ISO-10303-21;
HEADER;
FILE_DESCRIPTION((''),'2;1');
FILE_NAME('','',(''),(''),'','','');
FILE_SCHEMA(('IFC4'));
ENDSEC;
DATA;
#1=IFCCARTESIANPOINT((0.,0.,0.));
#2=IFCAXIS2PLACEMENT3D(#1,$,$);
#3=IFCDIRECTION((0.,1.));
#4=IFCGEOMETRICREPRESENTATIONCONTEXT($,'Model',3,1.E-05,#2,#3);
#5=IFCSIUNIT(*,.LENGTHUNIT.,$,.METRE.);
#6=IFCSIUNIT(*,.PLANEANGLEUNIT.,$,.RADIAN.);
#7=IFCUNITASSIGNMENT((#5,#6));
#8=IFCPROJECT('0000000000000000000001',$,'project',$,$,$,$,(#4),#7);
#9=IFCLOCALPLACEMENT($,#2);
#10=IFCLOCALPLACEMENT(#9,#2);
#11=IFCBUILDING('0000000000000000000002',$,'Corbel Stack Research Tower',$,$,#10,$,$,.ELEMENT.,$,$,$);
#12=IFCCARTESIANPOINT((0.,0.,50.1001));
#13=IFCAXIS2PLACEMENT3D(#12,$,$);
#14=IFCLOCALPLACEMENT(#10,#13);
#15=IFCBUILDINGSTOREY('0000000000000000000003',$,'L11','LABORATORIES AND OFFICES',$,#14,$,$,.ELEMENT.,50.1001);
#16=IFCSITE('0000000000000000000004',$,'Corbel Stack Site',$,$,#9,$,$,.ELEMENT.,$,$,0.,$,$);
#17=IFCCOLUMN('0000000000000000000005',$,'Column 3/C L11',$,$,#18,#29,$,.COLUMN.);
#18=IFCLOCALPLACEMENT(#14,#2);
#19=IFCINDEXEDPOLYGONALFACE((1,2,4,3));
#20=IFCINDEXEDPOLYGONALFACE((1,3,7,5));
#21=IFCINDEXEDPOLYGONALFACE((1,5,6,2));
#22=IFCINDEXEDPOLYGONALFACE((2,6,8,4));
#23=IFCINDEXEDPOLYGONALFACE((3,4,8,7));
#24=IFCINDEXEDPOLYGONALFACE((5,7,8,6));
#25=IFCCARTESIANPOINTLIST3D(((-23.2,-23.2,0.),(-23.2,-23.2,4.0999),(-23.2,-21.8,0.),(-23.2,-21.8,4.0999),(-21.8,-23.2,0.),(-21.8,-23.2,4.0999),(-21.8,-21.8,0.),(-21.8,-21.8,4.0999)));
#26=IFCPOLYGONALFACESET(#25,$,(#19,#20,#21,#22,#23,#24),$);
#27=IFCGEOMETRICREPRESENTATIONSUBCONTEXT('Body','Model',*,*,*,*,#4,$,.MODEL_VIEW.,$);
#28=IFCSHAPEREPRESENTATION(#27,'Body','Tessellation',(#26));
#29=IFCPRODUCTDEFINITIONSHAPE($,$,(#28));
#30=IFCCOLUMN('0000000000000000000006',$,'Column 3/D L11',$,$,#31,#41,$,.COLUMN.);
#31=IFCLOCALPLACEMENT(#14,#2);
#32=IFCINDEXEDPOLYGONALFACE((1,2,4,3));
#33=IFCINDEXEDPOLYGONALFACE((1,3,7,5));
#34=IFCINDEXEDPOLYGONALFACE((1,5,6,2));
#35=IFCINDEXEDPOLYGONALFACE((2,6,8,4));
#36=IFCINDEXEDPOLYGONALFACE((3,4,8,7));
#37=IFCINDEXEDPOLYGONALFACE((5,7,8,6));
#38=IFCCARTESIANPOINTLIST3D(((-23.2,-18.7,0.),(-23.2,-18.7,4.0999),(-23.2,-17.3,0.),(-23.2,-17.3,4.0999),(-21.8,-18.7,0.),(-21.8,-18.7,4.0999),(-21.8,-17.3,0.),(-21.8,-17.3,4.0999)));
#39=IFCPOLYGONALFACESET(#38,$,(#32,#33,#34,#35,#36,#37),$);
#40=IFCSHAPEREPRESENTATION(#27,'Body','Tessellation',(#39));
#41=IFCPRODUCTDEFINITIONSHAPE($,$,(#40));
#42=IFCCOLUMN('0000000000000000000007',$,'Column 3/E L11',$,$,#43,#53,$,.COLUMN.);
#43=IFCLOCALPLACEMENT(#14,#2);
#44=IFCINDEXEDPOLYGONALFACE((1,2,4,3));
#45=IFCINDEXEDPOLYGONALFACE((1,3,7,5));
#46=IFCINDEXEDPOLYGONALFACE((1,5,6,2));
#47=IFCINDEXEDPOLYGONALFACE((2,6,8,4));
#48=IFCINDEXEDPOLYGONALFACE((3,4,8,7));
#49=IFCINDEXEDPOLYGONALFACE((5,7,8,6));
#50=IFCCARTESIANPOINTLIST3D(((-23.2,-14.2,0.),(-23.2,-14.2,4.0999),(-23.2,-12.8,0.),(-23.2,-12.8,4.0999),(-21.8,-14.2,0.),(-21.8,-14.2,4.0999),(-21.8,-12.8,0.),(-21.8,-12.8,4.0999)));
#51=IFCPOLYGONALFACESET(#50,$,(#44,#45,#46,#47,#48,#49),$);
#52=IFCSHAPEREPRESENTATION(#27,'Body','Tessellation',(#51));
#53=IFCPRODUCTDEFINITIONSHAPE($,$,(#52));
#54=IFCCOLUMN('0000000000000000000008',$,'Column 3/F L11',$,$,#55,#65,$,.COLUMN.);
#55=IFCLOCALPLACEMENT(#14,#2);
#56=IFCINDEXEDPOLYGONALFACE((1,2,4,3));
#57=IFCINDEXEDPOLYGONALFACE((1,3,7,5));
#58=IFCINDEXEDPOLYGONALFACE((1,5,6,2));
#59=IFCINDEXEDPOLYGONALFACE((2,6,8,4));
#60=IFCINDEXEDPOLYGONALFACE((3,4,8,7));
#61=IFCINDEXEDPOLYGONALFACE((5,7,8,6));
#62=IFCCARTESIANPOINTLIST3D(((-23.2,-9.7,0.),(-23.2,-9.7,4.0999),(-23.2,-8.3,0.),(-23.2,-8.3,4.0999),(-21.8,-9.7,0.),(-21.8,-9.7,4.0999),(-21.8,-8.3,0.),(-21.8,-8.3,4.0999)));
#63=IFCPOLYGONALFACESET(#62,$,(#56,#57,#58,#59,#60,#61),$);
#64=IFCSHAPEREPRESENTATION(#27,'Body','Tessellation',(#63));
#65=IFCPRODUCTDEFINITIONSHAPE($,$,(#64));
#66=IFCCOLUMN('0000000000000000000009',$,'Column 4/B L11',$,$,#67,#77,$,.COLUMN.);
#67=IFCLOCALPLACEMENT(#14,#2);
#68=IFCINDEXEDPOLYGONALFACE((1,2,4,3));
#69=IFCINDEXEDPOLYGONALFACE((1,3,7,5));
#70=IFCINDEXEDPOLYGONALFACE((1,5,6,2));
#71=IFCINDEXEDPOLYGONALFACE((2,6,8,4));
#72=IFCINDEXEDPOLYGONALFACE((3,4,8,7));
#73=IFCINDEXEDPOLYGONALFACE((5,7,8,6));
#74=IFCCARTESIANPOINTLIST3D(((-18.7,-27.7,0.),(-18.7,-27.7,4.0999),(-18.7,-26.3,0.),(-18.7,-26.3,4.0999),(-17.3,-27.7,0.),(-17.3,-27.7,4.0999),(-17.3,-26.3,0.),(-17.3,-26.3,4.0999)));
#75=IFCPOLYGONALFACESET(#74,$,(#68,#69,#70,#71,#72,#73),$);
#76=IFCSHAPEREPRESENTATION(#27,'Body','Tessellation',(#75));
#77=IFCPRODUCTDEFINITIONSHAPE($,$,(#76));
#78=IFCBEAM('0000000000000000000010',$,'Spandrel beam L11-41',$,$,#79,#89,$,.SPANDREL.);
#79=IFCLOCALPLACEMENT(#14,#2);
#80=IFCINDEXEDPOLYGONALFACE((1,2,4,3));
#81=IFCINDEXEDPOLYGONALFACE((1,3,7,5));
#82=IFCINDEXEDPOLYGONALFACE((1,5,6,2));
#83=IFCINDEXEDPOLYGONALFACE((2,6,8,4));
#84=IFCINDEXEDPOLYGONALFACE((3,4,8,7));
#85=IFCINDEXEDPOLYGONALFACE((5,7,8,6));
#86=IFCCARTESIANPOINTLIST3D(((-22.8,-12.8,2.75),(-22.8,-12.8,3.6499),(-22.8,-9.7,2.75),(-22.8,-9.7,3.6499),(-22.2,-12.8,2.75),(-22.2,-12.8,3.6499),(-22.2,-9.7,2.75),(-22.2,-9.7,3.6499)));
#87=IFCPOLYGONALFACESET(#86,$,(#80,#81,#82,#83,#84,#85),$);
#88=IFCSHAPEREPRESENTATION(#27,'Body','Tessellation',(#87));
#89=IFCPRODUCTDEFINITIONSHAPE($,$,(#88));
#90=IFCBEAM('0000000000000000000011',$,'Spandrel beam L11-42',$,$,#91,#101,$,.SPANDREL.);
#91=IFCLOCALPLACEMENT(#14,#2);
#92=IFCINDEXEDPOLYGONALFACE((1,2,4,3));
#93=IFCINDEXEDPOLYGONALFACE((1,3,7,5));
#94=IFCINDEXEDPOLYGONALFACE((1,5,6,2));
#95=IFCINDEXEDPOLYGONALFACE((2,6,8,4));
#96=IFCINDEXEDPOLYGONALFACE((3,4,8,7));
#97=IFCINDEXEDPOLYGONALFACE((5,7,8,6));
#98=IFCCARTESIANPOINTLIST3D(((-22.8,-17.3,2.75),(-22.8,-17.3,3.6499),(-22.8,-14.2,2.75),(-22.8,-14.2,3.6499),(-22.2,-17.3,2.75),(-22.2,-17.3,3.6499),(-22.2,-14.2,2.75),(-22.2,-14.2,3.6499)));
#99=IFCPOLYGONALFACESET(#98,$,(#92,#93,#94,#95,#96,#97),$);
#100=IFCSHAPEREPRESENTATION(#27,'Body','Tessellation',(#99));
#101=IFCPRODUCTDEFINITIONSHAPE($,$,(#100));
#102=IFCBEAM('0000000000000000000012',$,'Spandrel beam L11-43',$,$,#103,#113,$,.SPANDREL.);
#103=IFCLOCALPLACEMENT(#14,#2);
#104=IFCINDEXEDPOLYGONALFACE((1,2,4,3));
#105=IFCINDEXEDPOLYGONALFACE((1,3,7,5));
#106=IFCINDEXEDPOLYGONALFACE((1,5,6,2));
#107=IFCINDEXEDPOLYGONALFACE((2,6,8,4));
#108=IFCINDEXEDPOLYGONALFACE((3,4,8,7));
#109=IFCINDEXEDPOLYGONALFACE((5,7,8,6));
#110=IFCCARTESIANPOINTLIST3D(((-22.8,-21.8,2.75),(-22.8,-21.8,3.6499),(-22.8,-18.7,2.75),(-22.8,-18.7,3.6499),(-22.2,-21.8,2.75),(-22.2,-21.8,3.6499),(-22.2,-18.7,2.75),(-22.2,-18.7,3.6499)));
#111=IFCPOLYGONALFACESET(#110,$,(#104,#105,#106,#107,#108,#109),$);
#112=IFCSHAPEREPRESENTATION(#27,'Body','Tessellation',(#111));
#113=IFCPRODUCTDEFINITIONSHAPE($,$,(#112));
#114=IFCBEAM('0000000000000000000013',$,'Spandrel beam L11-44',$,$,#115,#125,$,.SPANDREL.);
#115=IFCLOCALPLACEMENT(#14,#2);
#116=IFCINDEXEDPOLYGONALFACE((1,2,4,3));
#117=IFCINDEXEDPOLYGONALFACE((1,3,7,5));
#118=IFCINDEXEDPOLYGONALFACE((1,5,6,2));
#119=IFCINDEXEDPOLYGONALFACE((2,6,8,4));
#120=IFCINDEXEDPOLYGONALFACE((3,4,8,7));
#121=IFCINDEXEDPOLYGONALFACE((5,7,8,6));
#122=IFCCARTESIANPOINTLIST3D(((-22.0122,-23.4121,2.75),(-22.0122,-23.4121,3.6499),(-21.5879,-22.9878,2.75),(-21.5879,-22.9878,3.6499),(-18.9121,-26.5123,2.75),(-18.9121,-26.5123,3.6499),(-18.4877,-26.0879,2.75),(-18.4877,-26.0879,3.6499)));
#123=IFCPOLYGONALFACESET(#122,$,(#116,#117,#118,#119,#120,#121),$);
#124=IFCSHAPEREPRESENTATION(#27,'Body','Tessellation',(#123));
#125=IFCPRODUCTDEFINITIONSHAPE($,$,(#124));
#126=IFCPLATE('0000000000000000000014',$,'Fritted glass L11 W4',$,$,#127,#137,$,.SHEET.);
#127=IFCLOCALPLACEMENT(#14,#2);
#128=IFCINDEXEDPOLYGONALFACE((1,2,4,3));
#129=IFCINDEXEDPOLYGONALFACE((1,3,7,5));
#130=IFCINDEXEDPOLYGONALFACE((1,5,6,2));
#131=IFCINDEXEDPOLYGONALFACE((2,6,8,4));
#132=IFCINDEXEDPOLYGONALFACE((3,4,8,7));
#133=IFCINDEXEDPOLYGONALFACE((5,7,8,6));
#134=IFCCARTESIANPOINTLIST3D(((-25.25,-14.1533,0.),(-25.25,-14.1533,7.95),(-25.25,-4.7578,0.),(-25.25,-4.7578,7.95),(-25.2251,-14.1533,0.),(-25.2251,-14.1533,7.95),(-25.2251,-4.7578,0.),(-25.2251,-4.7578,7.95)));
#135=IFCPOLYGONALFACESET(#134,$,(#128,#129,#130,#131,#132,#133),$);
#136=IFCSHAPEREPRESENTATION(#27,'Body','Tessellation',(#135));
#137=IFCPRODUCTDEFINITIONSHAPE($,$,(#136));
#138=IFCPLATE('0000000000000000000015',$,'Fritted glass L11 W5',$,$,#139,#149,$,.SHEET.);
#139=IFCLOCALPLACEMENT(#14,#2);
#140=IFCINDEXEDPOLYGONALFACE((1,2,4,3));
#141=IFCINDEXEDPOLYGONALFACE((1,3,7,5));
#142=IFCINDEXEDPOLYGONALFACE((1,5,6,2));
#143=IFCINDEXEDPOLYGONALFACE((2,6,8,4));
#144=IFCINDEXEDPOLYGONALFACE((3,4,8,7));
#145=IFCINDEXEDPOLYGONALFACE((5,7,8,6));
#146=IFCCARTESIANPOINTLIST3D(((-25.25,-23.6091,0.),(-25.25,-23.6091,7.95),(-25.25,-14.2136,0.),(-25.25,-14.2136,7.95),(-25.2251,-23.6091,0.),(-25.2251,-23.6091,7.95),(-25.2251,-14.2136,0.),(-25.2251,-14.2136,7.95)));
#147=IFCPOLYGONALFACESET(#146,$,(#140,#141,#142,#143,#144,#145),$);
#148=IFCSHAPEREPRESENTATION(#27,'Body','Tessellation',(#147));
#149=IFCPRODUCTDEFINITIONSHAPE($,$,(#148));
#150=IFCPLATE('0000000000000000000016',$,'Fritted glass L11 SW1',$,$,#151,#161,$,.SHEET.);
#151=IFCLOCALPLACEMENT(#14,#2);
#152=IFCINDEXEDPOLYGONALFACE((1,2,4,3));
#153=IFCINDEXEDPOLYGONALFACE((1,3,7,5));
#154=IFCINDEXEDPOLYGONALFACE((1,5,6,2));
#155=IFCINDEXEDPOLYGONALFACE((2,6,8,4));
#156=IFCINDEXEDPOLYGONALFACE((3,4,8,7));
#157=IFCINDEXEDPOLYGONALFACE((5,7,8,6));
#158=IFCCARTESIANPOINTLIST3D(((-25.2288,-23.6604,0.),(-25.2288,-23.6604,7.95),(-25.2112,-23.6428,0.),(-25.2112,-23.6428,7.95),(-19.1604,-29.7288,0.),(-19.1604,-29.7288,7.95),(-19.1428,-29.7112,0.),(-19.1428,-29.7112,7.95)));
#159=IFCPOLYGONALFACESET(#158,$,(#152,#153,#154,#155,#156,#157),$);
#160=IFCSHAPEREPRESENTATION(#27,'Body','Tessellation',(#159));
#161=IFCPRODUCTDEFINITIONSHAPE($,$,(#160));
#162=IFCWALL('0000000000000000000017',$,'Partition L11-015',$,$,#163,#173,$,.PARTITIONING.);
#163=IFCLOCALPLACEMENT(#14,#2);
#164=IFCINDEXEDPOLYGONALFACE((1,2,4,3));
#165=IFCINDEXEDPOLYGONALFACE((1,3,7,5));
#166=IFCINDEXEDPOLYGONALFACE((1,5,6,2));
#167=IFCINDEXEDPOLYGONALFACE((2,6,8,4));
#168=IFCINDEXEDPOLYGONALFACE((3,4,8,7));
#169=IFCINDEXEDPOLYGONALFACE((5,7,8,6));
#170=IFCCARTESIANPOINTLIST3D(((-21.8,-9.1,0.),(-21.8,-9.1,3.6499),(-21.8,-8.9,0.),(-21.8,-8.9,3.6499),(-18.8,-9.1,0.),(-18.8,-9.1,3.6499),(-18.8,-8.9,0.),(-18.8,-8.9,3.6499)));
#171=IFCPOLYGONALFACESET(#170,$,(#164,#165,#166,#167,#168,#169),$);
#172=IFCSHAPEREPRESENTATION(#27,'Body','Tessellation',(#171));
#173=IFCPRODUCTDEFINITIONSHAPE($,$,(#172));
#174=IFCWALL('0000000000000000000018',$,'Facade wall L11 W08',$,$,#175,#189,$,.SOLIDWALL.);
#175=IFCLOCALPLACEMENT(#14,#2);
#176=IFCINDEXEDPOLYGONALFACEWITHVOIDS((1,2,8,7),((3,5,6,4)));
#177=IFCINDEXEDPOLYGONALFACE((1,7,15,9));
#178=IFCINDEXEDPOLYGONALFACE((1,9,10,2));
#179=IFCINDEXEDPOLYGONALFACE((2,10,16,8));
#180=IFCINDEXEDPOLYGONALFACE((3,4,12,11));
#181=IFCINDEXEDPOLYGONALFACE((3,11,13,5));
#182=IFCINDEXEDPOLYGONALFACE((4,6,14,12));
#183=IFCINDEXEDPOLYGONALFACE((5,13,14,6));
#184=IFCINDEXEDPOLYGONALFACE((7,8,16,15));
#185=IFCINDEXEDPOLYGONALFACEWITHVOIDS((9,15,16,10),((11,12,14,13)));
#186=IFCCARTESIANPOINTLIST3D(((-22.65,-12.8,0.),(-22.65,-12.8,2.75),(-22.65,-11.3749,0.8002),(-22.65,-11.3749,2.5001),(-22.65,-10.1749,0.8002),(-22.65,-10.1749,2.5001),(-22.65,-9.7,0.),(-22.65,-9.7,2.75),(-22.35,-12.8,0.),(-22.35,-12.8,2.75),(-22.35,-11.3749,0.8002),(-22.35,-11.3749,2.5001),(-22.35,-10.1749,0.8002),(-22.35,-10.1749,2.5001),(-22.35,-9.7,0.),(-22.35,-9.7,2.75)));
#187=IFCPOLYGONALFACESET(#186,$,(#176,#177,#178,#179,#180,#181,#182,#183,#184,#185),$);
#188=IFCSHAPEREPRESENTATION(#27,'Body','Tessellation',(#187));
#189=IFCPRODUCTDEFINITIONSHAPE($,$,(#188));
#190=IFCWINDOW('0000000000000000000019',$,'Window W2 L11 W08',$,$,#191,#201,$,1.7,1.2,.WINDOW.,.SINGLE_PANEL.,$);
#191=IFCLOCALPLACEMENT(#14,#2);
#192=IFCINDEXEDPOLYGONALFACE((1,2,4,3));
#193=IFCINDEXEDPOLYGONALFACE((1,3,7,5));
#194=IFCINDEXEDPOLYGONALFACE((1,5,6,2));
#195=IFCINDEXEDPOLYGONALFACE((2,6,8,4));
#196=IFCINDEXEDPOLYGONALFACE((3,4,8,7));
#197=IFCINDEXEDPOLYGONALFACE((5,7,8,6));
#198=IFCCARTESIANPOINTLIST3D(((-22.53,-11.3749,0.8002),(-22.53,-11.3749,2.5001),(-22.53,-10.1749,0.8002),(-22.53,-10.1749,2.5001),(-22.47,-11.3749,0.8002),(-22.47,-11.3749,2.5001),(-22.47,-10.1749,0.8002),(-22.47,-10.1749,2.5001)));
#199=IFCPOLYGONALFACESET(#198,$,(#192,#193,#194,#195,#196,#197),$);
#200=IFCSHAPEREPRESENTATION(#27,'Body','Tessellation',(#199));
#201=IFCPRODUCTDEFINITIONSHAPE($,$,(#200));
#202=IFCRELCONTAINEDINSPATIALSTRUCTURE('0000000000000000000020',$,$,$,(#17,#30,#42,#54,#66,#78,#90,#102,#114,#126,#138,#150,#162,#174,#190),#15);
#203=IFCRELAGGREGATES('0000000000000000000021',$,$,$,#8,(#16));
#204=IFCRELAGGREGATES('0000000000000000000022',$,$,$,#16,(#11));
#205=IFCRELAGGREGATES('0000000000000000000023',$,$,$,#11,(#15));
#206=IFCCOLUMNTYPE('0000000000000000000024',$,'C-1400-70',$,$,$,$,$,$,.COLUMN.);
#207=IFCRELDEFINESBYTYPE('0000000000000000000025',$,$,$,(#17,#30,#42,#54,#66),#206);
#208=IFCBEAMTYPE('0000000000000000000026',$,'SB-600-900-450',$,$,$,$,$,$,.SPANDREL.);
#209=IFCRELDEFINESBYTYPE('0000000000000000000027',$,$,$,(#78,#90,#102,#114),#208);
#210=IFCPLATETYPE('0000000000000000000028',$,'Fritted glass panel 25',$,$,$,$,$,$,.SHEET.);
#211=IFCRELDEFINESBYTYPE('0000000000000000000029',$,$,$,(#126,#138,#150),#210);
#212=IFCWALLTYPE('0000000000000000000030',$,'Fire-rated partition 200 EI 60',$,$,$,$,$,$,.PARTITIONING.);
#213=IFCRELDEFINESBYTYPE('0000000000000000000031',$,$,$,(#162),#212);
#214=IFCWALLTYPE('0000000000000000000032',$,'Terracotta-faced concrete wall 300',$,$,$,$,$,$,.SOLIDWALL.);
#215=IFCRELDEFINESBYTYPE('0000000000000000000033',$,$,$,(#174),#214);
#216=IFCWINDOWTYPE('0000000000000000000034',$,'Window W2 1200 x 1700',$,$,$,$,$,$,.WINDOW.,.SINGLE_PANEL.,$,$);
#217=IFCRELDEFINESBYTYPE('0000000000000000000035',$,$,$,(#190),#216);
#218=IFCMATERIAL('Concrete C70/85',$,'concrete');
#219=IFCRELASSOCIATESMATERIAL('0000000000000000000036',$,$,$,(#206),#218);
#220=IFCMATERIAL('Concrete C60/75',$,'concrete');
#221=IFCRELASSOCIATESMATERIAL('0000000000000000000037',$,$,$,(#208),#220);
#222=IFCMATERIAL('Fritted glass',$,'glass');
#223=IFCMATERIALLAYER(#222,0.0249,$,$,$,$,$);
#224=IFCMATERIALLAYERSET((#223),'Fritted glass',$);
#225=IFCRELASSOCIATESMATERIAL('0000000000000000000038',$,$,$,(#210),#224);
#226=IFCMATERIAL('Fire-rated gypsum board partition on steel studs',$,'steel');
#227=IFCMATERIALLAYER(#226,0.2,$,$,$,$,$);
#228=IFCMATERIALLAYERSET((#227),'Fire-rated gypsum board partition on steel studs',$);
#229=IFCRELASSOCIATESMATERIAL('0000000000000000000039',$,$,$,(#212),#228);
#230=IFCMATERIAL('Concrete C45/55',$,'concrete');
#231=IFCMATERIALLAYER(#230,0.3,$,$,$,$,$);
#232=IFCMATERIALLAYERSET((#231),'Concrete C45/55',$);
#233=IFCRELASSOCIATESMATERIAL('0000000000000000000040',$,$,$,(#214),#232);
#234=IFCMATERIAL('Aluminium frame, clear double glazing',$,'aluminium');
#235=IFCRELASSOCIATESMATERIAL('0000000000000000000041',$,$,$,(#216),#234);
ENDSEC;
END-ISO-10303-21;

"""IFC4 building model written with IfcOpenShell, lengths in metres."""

from ifc_helpers import new_model, si_unit, direction, frame, frame_2d, origin, origin_2d, place, context, subcontext, project, spatial, rectangle, extrude, material, layer, layer_set, material_profile, profile_set, type_object, element, fill, save


model = new_model("IFC4")

# Units and contexts
model_context = context("Model", 3, precision=1e-05, world=origin(), true_north=direction((0.0, 1.0)))
body_context = subcontext(model_context, "Body", "Model", "MODEL_VIEW")
ifc_project = project(units=[si_unit("LENGTHUNIT", "METRE"), si_unit("PLANEANGLEUNIT", "RADIAN")], contexts=[model_context])

# Site, building, storey
site_placement = place(None, origin())
site = spatial("IfcSite", under=ifc_project, at=site_placement, Name="Corbel Stack Site", CompositionType="ELEMENT", RefElevation=0.0)
building_placement = place(site_placement, origin())
building = spatial("IfcBuilding", under=site, at=building_placement, Name="Corbel Stack Research Tower", CompositionType="ELEMENT")
storey_placement = place(building_placement, frame((0.0, 0.0, 50.1001)))
storey = spatial("IfcBuildingStorey", under=building, at=storey_placement, Name="L11", Description="LABORATORIES AND OFFICES", CompositionType="ELEMENT", Elevation=50.1001)

# Columns
ifc_material_1 = material(Name="Concrete C70/85", Category="concrete")
ifc_material_profile_1 = material_profile(ifc_material_1, rectangle(XDim=1.3999, YDim=1.3999, at=origin_2d()), Name="RC 1400 x 1400")
ifc_profile_set_1 = profile_set([ifc_material_profile_1], Name="Concrete C70/85")
column_type = type_object("IfcColumnType", Name="C-1400-70", PredefinedType="COLUMN", material=ifc_profile_set_1)
for number, where, z_axis, x_axis, name in (
    (1, (-22.5, -22.5, 0.0), (0.0, 0.0, 1.0), (1.0, 0.0, 0.0), "Column 3/C L11"),
    (2, (-22.5, -18.0, 0.0), (0.0, 0.0, 1.0), (1.0, 0.0, 0.0), "Column 3/D L11"),
    (3, (-22.5, -13.5, 0.0), (0.0, 0.0, 1.0), (1.0, 0.0, 0.0), "Column 3/E L11"),
    (4, (-22.5, -9.0, 0.0), (0.0, 0.0, 1.0), (1.0, 0.0, 0.0), "Column 3/F L11"),
    (5, (-18.0, -27.0, 0.0), (0.0, 0.0, 1.0), (1.0, 0.0, 0.0), "Column 4/B L11"),
):
    element("IfcColumn", number, at=place(storey_placement, frame(where, z_axis=z_axis, x_axis=x_axis)), inside=storey, type_object=column_type, Name=name, PredefinedType="COLUMN", context=body_context, shape_type="SweptSolid", body=[
        extrude(rectangle(XDim=1.3999, YDim=1.3999, at=origin_2d()), origin(), (0.0, 0.0, 1.0), 4.0999),
    ])

# Beams
ifc_material_2 = material(Name="Concrete C60/75", Category="concrete")
ifc_material_profile_2 = material_profile(ifc_material_2, rectangle(XDim=0.6001, YDim=0.8999, at=origin_2d()), Name="RC 600 x 900")
ifc_profile_set_2 = profile_set([ifc_material_profile_2], Name="Concrete C60/75")
beam_type = type_object("IfcBeamType", Name="SB-600-900-450", PredefinedType="SPANDREL", material=ifc_profile_set_2)
for number, where, z_axis, x_axis, name in (
    (6, (-22.5, -9.7, 3.2), (0.0, -1.0, 0.0), (1.0, 0.0, 0.0), "Spandrel beam L11-41"),
    (7, (-22.5, -14.2, 3.2), (0.0, -1.0, 0.0), (1.0, 0.0, 0.0), "Spandrel beam L11-42"),
    (8, (-22.5, -18.7, 3.2), (0.0, -1.0, 0.0), (1.0, 0.0, 0.0), "Spandrel beam L11-43"),
):
    element("IfcBeam", number, at=place(storey_placement, frame(where, z_axis=z_axis, x_axis=x_axis)), inside=storey, type_object=beam_type, Name=name, PredefinedType="SPANDREL", context=body_context, shape_type="SweptSolid", body=[
        extrude(rectangle(XDim=0.6001, YDim=0.8999, at=origin_2d()), origin(), (0.0, 0.0, 1.0), 3.1001),
    ])
beam_placement = place(storey_placement, frame((-21.8, -23.2, 3.2), z_axis=(0.707107, -0.707107, 0.0), x_axis=(0.707107, 0.707107, 0.0)))
element("IfcBeam", 9, at=beam_placement, inside=storey, type_object=beam_type, Name="Spandrel beam L11-44", PredefinedType="SPANDREL", context=body_context, shape_type="SweptSolid", body=[
    extrude(rectangle(XDim=0.6001, YDim=0.8999, at=origin_2d()), origin(), (0.0, 0.0, 1.0), 4.3843),
])

# Plates
ifc_material_3 = material(Name="Fritted glass", Category="glass")
ifc_layer_1 = layer(ifc_material_3, 0.0249)
ifc_layer_set_1 = layer_set([ifc_layer_1], Name="Fritted glass")
plate_type = type_object("IfcPlateType", Name="Fritted glass panel 25", PredefinedType="SHEET", material=ifc_layer_set_1)
for number, where, z_axis, x_axis, name in (
    (10, (-25.2375, -9.4556, 0.0), (0.0, 0.0, 1.0), (0.0, -1.0, 0.0), "Fritted glass L11 W4"),
    (11, (-25.2375, -18.9114, 0.0), (0.0, 0.0, 1.0), (0.0, -1.0, 0.0), "Fritted glass L11 W5"),
):
    element("IfcPlate", number, at=place(storey_placement, frame(where, z_axis=z_axis, x_axis=x_axis)), inside=storey, type_object=plate_type, Name=name, PredefinedType="SHEET", context=body_context, shape_type="SweptSolid", body=[
        extrude(rectangle(XDim=9.3955, YDim=0.0249, at=origin_2d()), origin(), (0.0, 0.0, 1.0), 7.95),
    ])
plate_placement = place(storey_placement, frame((-22.1858, -26.6858, 0.0), z_axis=(0.0, 0.0, 1.0), x_axis=(0.707107, -0.707107, 0.0)))
element("IfcPlate", 12, at=plate_placement, inside=storey, type_object=plate_type, Name="Fritted glass L11 SW1", PredefinedType="SHEET", context=body_context, shape_type="SweptSolid", body=[
    extrude(rectangle(XDim=8.582, YDim=0.0249, at=origin_2d()), origin(), (0.0, 0.0, 1.0), 7.95),
])

# Wall
ifc_material_4 = material(Name="Fire-rated gypsum board partition on steel studs", Category="steel")
ifc_layer_2 = layer(ifc_material_4, 0.2)
ifc_layer_set_2 = layer_set([ifc_layer_2], Name="Fire-rated gypsum board partition on steel studs")
wall_type_1 = type_object("IfcWallType", Name="Fire-rated partition 200 EI 60", PredefinedType="PARTITIONING", material=ifc_layer_set_2)
wall_1_placement = place(storey_placement, frame((-21.8, -9.0, 0.0), z_axis=(0.0, 0.0, 1.0), x_axis=(1.0, 0.0, 0.0)))
element("IfcWall", 13, at=wall_1_placement, inside=storey, type_object=wall_type_1, Name="Partition L11-015", PredefinedType="PARTITIONING", context=body_context, shape_type="SweptSolid", body=[
    extrude(rectangle(XDim=3.0, YDim=0.2, at=frame_2d((1.5, 0.0))), origin(), (0.0, 0.0, 1.0), 3.6499),
])

# Wall, opening, window
ifc_material_5 = material(Name="Concrete C45/55", Category="concrete")
ifc_layer_3 = layer(ifc_material_5, 0.3)
ifc_layer_set_3 = layer_set([ifc_layer_3], Name="Concrete C45/55")
wall_type_2 = type_object("IfcWallType", Name="Terracotta-faced concrete wall 300", PredefinedType="SOLIDWALL", material=ifc_layer_set_3)
wall_2_placement = place(storey_placement, frame((-22.5, -12.8, 0.0), z_axis=(0.0, 0.0, 1.0), x_axis=(0.0, 1.0, 0.0)))
wall_2 = element("IfcWall", 14, at=wall_2_placement, inside=storey, type_object=wall_type_2, Name="Facade wall L11 W08", PredefinedType="SOLIDWALL", context=body_context, shape_type="SweptSolid", body=[
    extrude(rectangle(XDim=3.1001, YDim=0.3, at=frame_2d((1.55, 0.0))), origin(), (0.0, 0.0, 1.0), 2.75),
])
opening_1_placement = place(wall_2_placement, frame((1.425, 0.0, 0.8)))
opening_1 = element("IfcOpeningElement", 15, at=opening_1_placement, cuts=wall_2, PredefinedType="OPENING", context=body_context, shape_type="SweptSolid", body=[
    extrude(rectangle(XDim=1.2, YDim=1.7, at=frame_2d((0.6001, 0.8501))), frame((0.0, 0.1599, 0.0), z_axis=(0.0, -1.0, 0.0), x_axis=(1.0, 0.0, 0.0)), (0.0, 0.0, 1.0), 0.3201),
])
ifc_material_6 = material(Name="Aluminium frame, clear double glazing", Category="aluminium")
window_type = type_object("IfcWindowType", Name="Window W2 1200 x 1700", PartitioningType="SINGLE_PANEL", PredefinedType="WINDOW", material=ifc_material_6)
window_1_placement = place(opening_1_placement, origin())
window_1 = element("IfcWindow", 16, at=window_1_placement, inside=storey, type_object=window_type, Name="Window W2 L11 W08", OverallHeight=1.7, OverallWidth=1.2, PartitioningType="SINGLE_PANEL", PredefinedType="WINDOW", context=body_context, shape_type="SweptSolid", body=[
    extrude(rectangle(XDim=1.2, YDim=1.7, at=frame_2d((0.6001, 0.8501))), frame((0.0, 0.03, 0.0), z_axis=(0.0, -1.0, 0.0), x_axis=(1.0, 0.0, 0.0)), (0.0, 0.0, 1.0), 0.0601),
])
fill(opening_1, window_1)

save(model, "model.ifc")
